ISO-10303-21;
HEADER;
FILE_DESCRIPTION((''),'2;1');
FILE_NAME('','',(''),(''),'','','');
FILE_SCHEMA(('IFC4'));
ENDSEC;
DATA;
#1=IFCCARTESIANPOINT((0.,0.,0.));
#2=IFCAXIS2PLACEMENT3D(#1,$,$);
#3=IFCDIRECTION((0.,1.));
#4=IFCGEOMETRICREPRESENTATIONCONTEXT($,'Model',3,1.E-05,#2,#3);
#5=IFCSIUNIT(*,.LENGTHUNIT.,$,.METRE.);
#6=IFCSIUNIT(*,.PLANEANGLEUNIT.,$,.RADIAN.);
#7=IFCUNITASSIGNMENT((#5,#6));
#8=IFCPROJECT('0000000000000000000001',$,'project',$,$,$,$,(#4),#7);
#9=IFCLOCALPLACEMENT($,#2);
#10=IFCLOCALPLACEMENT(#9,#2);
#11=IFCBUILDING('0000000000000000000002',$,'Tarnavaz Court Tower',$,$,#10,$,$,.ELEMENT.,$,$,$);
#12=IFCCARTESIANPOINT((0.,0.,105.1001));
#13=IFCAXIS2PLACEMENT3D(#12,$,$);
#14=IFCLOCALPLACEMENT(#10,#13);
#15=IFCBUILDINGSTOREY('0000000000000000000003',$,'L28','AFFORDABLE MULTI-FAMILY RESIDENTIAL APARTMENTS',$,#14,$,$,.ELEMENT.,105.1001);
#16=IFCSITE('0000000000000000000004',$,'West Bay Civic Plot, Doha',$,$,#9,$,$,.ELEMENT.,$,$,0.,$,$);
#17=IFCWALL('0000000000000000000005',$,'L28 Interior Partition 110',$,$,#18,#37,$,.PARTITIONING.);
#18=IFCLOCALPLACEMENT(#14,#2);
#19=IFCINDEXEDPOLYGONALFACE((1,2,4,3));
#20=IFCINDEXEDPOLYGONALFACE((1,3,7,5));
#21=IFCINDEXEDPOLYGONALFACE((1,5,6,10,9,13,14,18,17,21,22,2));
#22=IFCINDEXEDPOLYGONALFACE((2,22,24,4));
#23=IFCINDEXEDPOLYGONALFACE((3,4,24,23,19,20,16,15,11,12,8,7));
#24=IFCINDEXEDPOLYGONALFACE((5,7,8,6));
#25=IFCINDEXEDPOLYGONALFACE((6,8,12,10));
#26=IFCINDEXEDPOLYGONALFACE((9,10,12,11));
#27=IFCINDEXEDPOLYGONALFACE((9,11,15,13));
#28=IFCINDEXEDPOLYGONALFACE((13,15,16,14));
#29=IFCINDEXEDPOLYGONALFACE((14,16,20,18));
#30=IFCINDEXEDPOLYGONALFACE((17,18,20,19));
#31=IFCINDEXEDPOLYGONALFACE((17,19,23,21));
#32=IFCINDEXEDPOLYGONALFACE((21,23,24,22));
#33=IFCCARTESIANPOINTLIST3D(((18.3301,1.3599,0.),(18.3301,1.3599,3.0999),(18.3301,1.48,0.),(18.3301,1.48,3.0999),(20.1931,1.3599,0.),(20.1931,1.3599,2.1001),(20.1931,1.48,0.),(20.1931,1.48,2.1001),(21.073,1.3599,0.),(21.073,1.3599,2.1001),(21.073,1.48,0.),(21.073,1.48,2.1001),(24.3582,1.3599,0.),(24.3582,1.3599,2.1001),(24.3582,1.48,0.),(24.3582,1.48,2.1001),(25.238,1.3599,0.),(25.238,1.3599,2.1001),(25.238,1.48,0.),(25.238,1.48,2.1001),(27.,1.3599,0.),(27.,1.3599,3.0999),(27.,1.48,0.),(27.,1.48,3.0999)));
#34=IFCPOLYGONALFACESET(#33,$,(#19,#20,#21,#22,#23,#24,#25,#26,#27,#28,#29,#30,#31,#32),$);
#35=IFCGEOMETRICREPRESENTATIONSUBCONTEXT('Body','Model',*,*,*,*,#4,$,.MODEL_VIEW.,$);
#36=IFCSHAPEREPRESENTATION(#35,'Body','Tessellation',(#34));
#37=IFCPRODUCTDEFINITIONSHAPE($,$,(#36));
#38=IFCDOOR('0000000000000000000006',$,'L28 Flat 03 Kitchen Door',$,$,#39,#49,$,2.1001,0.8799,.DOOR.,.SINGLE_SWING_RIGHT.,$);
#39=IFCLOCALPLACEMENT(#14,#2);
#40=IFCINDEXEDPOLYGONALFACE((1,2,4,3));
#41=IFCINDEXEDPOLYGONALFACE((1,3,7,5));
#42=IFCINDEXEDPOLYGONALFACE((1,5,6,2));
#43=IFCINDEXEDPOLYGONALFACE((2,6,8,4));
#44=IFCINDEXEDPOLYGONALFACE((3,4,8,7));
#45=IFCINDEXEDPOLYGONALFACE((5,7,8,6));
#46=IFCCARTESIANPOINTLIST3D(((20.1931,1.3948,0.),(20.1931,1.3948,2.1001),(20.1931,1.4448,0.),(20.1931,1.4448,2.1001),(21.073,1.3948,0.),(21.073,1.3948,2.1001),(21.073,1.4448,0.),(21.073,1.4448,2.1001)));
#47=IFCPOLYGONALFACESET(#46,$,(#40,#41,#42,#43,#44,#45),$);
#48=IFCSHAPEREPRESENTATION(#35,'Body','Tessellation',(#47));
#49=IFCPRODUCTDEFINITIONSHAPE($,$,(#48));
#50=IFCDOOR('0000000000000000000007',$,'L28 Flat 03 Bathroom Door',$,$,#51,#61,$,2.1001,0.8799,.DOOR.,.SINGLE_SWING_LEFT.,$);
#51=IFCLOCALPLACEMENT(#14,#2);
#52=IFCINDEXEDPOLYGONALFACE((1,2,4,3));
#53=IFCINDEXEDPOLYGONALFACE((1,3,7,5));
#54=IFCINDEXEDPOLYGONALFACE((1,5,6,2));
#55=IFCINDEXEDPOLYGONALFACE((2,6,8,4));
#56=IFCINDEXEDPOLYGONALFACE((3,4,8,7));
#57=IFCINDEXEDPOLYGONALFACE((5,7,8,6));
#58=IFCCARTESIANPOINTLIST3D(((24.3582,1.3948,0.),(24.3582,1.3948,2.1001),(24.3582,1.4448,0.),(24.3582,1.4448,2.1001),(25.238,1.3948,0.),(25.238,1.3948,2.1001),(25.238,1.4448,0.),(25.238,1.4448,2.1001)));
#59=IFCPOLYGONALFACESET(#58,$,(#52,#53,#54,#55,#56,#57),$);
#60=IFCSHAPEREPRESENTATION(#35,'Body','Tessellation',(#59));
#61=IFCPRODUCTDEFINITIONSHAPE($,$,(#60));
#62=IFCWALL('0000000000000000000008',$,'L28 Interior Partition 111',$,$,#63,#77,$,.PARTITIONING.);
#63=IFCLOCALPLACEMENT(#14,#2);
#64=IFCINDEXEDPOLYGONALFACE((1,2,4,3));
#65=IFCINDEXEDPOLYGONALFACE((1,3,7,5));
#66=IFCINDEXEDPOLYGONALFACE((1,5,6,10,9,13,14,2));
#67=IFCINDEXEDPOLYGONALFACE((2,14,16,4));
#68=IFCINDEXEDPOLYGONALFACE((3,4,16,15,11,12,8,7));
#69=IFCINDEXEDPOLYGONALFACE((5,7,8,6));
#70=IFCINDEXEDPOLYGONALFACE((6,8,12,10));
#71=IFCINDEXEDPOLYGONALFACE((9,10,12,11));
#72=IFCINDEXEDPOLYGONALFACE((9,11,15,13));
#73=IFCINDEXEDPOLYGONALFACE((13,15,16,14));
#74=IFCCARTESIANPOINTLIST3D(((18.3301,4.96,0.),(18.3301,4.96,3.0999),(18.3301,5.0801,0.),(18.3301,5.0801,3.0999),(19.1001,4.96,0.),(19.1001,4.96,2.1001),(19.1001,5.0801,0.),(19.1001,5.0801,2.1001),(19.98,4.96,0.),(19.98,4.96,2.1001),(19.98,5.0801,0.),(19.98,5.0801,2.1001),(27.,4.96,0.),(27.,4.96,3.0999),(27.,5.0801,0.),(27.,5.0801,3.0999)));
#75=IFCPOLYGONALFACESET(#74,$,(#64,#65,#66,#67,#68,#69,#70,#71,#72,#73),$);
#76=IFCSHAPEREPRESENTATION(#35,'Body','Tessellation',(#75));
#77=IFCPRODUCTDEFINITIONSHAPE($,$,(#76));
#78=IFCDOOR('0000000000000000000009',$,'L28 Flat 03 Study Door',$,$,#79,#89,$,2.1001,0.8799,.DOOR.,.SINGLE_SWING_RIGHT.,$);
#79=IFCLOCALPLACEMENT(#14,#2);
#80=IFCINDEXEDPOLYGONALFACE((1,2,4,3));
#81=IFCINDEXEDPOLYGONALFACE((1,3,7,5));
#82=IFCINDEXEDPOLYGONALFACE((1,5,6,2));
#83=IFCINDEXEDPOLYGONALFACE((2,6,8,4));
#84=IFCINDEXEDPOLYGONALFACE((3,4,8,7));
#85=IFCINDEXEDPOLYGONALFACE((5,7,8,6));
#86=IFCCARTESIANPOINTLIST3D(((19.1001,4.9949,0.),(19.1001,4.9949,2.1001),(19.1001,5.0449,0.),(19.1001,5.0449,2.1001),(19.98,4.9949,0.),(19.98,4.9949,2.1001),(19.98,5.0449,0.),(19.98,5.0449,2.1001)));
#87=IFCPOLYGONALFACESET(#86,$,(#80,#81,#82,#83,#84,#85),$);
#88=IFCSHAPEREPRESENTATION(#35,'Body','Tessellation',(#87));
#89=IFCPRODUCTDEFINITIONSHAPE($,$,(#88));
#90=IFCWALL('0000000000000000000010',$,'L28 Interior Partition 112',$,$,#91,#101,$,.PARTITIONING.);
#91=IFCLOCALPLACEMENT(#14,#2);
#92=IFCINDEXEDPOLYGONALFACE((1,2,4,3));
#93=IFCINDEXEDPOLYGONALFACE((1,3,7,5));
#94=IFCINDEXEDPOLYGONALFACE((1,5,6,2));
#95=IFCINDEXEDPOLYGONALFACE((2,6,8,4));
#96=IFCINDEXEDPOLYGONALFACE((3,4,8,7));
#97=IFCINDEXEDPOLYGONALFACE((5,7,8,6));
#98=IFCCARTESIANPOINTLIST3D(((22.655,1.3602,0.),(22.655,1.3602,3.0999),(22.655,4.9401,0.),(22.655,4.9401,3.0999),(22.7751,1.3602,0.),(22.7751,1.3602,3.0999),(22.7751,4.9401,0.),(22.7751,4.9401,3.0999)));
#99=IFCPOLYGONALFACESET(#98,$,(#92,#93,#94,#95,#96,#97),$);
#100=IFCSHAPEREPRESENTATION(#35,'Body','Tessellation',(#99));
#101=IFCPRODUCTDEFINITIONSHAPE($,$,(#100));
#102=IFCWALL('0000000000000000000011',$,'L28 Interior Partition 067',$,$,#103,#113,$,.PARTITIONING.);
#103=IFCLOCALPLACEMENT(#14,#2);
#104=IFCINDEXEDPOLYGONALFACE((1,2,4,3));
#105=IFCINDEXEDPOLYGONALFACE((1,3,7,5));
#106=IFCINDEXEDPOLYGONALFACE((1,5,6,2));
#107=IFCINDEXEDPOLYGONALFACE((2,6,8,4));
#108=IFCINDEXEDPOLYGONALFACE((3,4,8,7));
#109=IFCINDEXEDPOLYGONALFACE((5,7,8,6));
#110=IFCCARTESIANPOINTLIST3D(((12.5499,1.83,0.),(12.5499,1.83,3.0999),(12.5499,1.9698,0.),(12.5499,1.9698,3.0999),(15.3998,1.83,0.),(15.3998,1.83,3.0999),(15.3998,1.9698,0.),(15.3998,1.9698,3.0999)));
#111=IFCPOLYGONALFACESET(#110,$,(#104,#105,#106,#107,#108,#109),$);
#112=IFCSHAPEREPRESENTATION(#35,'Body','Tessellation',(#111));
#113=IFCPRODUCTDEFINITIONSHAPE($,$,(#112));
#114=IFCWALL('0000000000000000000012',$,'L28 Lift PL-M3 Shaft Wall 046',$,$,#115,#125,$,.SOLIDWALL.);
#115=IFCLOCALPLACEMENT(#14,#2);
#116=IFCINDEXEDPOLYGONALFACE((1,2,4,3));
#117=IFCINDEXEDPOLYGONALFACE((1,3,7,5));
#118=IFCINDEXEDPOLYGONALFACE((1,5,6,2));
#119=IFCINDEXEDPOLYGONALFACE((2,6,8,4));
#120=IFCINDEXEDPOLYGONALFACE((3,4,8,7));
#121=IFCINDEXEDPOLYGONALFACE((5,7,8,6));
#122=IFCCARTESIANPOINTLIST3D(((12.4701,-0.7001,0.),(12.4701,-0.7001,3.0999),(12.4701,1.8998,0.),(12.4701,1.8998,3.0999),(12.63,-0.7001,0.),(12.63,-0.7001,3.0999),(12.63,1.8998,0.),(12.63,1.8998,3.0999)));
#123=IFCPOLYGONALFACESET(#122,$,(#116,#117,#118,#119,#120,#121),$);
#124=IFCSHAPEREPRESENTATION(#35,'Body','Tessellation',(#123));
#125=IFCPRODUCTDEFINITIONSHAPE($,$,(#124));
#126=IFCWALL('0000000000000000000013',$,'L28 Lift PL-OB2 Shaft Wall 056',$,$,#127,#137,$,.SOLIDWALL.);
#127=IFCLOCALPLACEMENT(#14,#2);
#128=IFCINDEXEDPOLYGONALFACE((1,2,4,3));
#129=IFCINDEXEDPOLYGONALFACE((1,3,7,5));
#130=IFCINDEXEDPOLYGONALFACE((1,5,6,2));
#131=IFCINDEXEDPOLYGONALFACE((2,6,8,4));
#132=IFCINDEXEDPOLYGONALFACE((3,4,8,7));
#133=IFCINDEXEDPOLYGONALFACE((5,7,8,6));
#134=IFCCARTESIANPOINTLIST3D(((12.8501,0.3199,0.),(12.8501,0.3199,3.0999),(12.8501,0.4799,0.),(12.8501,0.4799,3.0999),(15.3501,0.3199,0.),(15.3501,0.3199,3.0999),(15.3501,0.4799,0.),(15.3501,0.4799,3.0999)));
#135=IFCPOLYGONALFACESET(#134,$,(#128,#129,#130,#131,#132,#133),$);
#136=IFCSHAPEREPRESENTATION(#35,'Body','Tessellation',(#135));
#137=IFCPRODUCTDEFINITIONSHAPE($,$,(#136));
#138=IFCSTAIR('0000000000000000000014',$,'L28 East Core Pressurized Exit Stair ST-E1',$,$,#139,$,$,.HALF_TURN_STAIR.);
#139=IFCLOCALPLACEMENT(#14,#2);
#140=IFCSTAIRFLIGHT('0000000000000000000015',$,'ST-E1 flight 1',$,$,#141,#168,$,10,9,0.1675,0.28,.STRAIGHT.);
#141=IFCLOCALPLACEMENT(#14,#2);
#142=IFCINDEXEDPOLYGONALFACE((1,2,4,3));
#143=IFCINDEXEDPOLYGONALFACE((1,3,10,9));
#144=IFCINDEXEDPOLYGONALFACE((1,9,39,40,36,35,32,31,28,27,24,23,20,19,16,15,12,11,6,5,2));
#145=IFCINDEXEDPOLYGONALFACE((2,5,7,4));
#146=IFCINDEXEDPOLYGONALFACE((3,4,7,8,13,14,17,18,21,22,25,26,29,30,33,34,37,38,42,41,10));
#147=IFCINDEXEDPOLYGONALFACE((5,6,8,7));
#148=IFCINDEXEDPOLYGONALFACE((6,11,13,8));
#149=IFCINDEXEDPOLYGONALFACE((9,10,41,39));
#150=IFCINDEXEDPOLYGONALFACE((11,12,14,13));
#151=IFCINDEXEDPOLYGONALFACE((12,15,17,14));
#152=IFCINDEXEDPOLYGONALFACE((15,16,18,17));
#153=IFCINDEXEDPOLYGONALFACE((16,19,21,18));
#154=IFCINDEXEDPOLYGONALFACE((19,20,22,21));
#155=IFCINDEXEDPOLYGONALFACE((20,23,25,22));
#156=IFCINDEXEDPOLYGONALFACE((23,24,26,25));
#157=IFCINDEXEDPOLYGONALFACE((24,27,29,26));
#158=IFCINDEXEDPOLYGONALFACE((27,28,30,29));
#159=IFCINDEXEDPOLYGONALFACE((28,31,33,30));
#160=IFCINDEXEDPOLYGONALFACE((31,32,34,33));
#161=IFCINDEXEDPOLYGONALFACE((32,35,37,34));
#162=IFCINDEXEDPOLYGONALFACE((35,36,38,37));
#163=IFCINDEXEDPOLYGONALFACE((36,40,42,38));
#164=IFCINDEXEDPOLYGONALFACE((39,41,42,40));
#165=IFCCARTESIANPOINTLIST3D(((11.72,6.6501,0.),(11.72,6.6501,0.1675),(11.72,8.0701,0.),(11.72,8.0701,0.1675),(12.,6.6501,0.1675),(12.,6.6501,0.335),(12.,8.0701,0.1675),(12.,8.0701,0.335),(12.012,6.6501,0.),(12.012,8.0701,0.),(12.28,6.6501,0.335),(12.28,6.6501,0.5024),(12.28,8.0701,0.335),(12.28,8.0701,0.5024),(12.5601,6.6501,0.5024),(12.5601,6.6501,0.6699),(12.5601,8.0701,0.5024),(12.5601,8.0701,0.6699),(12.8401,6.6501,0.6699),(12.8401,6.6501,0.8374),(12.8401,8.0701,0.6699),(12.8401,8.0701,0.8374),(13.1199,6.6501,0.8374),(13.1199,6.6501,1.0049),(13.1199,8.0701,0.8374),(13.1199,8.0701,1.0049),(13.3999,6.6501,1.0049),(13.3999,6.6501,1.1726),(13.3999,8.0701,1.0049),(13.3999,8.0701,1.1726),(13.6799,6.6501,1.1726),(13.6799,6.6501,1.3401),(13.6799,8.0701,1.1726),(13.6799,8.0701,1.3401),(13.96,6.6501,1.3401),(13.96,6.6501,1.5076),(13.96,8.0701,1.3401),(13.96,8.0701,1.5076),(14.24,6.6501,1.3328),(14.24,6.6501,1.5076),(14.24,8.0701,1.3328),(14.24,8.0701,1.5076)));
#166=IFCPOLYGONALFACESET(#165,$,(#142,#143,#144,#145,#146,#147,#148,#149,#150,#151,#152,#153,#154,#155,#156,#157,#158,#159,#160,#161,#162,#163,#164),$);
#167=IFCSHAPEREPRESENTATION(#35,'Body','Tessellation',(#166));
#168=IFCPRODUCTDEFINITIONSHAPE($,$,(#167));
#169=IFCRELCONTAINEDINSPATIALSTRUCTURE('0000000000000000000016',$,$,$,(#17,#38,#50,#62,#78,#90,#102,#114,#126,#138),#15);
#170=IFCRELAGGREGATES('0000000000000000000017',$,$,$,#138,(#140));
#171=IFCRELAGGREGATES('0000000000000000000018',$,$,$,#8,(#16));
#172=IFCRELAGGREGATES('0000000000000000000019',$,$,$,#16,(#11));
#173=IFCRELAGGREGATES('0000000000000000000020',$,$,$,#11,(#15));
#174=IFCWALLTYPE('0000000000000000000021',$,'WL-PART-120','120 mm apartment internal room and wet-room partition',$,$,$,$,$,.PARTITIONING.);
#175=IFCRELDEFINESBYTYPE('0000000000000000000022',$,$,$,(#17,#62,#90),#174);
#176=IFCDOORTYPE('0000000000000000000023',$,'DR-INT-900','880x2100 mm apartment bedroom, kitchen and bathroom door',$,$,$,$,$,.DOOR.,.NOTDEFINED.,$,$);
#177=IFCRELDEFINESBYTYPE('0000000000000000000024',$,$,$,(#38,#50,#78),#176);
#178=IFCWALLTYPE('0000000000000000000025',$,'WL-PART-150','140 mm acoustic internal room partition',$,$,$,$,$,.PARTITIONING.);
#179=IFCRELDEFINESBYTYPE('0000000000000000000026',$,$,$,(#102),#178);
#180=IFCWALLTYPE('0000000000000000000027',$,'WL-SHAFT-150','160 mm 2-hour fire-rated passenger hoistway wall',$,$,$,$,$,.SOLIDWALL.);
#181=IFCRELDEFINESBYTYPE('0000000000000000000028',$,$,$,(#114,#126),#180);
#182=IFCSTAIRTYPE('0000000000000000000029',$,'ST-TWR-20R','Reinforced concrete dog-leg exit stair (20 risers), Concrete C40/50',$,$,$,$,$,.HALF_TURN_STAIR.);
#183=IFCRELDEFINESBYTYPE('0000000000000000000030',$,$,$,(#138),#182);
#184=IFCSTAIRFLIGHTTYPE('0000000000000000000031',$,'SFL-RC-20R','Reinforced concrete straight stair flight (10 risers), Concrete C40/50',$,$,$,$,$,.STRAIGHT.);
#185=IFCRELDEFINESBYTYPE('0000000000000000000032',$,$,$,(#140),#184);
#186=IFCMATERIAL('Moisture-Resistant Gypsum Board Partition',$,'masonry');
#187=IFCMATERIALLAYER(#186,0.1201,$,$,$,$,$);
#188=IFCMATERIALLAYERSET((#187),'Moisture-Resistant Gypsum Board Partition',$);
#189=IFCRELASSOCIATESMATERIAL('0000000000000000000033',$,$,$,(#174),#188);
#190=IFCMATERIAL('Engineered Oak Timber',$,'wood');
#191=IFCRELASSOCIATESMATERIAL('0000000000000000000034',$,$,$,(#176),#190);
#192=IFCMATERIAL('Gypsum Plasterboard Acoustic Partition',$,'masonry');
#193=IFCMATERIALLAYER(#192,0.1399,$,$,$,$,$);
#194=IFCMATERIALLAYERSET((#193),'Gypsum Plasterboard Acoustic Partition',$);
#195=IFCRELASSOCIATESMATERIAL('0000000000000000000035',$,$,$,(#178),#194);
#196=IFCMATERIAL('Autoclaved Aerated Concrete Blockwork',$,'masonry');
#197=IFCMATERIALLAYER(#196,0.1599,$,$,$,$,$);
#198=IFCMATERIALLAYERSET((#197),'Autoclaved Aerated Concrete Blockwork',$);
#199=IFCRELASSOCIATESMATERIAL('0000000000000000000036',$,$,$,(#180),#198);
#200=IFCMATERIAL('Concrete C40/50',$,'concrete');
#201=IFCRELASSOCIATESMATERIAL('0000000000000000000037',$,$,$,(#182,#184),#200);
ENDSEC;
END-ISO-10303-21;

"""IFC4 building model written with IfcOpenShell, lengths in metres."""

from ifc_helpers import new_model, si_unit, direction, frame, frame_2d, origin, place, context, subcontext, project, spatial, polyline, rectangle, outline, extrude, material, layer, layer_set, type_object, element, fill, aggregate, save


model = new_model("IFC4")

# Units and contexts
model_context = context("Model", 3, precision=1e-05, world=origin(), true_north=direction((0.0, 1.0)))
body_context = subcontext(model_context, "Body", "Model", "MODEL_VIEW")
ifc_project = project(units=[si_unit("LENGTHUNIT", "METRE"), si_unit("PLANEANGLEUNIT", "RADIAN")], contexts=[model_context])

# Site, building, storey
site_placement = place(None, origin())
site = spatial("IfcSite", under=ifc_project, at=site_placement, Name="West Bay Civic Plot, Doha", CompositionType="ELEMENT", RefElevation=0.0)
building_placement = place(site_placement, origin())
building = spatial("IfcBuilding", under=site, at=building_placement, Name="Tarnavaz Court Tower", CompositionType="ELEMENT")
storey_placement = place(building_placement, frame((0.0, 0.0, 105.1001)))
storey = spatial("IfcBuildingStorey", under=building, at=storey_placement, Name="L28", Description="AFFORDABLE MULTI-FAMILY RESIDENTIAL APARTMENTS", CompositionType="ELEMENT", Elevation=105.1001)

# Wall, openings, doors
ifc_material_1 = material(Name="Moisture-Resistant Gypsum Board Partition", Category="masonry")
ifc_layer_1 = layer(ifc_material_1, 0.1201)
ifc_layer_set_1 = layer_set([ifc_layer_1], Name="Moisture-Resistant Gypsum Board Partition")
wall_type_1 = type_object("IfcWallType", Name="WL-PART-120", Description="120 mm apartment internal room and wet-room partition", PredefinedType="PARTITIONING", material=ifc_layer_set_1)
wall_1_placement = place(storey_placement, frame((18.3301, 1.4199, 0.0), z_axis=(0.0, 0.0, 1.0), x_axis=(1.0, 0.0, 0.0)))
wall_1 = element("IfcWall", 1, at=wall_1_placement, inside=storey, type_object=wall_type_1, Name="L28 Interior Partition 110", PredefinedType="PARTITIONING", context=body_context, shape_type="SweptSolid", body=[
    extrude(rectangle(XDim=8.6699, YDim=0.1201, at=frame_2d((4.335, 0.0))), origin(), (0.0, 0.0, 1.0), 3.0999),
])
opening_1_placement = place(wall_1_placement, frame((1.863, 0.0, 0.0)))
opening_1 = element("IfcOpeningElement", 2, at=opening_1_placement, cuts=wall_1, PredefinedType="OPENING", context=body_context, shape_type="SweptSolid", body=[
    extrude(rectangle(XDim=0.8799, YDim=2.1001, at=frame_2d((0.4399, 1.05))), frame((0.0, 0.0701, 0.0), z_axis=(0.0, -1.0, 0.0), x_axis=(1.0, 0.0, 0.0)), (0.0, 0.0, 1.0), 0.1401),
])
opening_2_placement = place(wall_1_placement, frame((6.0281, 0.0, 0.0)))
opening_2 = element("IfcOpeningElement", 3, at=opening_2_placement, cuts=wall_1, PredefinedType="OPENING", context=body_context, shape_type="SweptSolid", body=[
    extrude(rectangle(XDim=0.8799, YDim=2.1001, at=frame_2d((0.4399, 1.05))), frame((0.0, 0.0701, 0.0), z_axis=(0.0, -1.0, 0.0), x_axis=(1.0, 0.0, 0.0)), (0.0, 0.0, 1.0), 0.1401),
])
ifc_material_2 = material(Name="Engineered Oak Timber", Category="wood")
door_type_1 = type_object("IfcDoorType", Name="DR-INT-900", Description="880x2100 mm apartment bedroom, kitchen and bathroom door", OperationType="NOTDEFINED", PredefinedType="DOOR", material=ifc_material_2)
door_1_placement = place(opening_1_placement, origin())
door_1 = element("IfcDoor", 4, at=door_1_placement, inside=storey, type_object=door_type_1, Name="L28 Flat 03 Kitchen Door", OperationType="SINGLE_SWING_RIGHT", OverallHeight=2.1001, OverallWidth=0.8799, PredefinedType="DOOR", context=body_context, shape_type="SweptSolid", body=[
    extrude(rectangle(XDim=0.8799, YDim=2.1001, at=frame_2d((0.4399, 1.05))), frame((0.0, 0.0249, 0.0), z_axis=(0.0, -1.0, 0.0), x_axis=(1.0, 0.0, 0.0)), (0.0, 0.0, 1.0), 0.05),
])
fill(opening_1, door_1)
door_2_placement = place(opening_2_placement, origin())
door_2 = element("IfcDoor", 5, at=door_2_placement, inside=storey, type_object=door_type_1, Name="L28 Flat 03 Bathroom Door", OperationType="SINGLE_SWING_LEFT", OverallHeight=2.1001, OverallWidth=0.8799, PredefinedType="DOOR", context=body_context, shape_type="SweptSolid", body=[
    extrude(rectangle(XDim=0.8799, YDim=2.1001, at=frame_2d((0.4399, 1.05))), frame((0.0, 0.0249, 0.0), z_axis=(0.0, -1.0, 0.0), x_axis=(1.0, 0.0, 0.0)), (0.0, 0.0, 1.0), 0.05),
])
fill(opening_2, door_2)

# Wall, opening, door
wall_2_placement = place(storey_placement, frame((18.3301, 5.02, 0.0), z_axis=(0.0, 0.0, 1.0), x_axis=(1.0, 0.0, 0.0)))
wall_2 = element("IfcWall", 6, at=wall_2_placement, inside=storey, type_object=wall_type_1, Name="L28 Interior Partition 111", PredefinedType="PARTITIONING", context=body_context, shape_type="SweptSolid", body=[
    extrude(rectangle(XDim=8.6699, YDim=0.1201, at=frame_2d((4.335, 0.0))), origin(), (0.0, 0.0, 1.0), 3.0999),
])
opening_3_placement = place(wall_2_placement, frame((0.77, 0.0, 0.0)))
opening_3 = element("IfcOpeningElement", 7, at=opening_3_placement, cuts=wall_2, PredefinedType="OPENING", context=body_context, shape_type="SweptSolid", body=[
    extrude(rectangle(XDim=0.8799, YDim=2.1001, at=frame_2d((0.4399, 1.05))), frame((0.0, 0.0701, 0.0), z_axis=(0.0, -1.0, 0.0), x_axis=(1.0, 0.0, 0.0)), (0.0, 0.0, 1.0), 0.1401),
])
door_3_placement = place(opening_3_placement, origin())
door_3 = element("IfcDoor", 8, at=door_3_placement, inside=storey, type_object=door_type_1, Name="L28 Flat 03 Study Door", OperationType="SINGLE_SWING_RIGHT", OverallHeight=2.1001, OverallWidth=0.8799, PredefinedType="DOOR", context=body_context, shape_type="SweptSolid", body=[
    extrude(rectangle(XDim=0.8799, YDim=2.1001, at=frame_2d((0.4399, 1.05))), frame((0.0, 0.0249, 0.0), z_axis=(0.0, -1.0, 0.0), x_axis=(1.0, 0.0, 0.0)), (0.0, 0.0, 1.0), 0.05),
])
fill(opening_3, door_3)

# Walls
wall_3_placement = place(storey_placement, frame((22.7151, 1.3601, 0.0), z_axis=(0.0, 0.0, 1.0), x_axis=(0.0, 1.0, 0.0)))
element("IfcWall", 9, at=wall_3_placement, inside=storey, type_object=wall_type_1, Name="L28 Interior Partition 112", PredefinedType="PARTITIONING", context=body_context, shape_type="SweptSolid", body=[
    extrude(rectangle(XDim=3.5798, YDim=0.1201, at=frame_2d((1.79, 0.0))), origin(), (0.0, 0.0, 1.0), 3.0999),
])
ifc_material_3 = material(Name="Gypsum Plasterboard Acoustic Partition", Category="masonry")
ifc_layer_2 = layer(ifc_material_3, 0.1399)
ifc_layer_set_2 = layer_set([ifc_layer_2], Name="Gypsum Plasterboard Acoustic Partition")
wall_type_2 = type_object("IfcWallType", Name="WL-PART-150", Description="140 mm acoustic internal room partition", PredefinedType="PARTITIONING", material=ifc_layer_set_2)
wall_4_placement = place(storey_placement, frame((12.55, 1.8999, 0.0), z_axis=(0.0, 0.0, 1.0), x_axis=(1.0, 0.0, 0.0)))
element("IfcWall", 10, at=wall_4_placement, inside=storey, type_object=wall_type_2, Name="L28 Interior Partition 067", PredefinedType="PARTITIONING", context=body_context, shape_type="SweptSolid", body=[
    extrude(rectangle(XDim=2.8499, YDim=0.1399, at=frame_2d((1.4248, 0.0))), origin(), (0.0, 0.0, 1.0), 3.0999),
])
ifc_material_4 = material(Name="Autoclaved Aerated Concrete Blockwork", Category="masonry")
ifc_layer_3 = layer(ifc_material_4, 0.1599)
ifc_layer_set_3 = layer_set([ifc_layer_3], Name="Autoclaved Aerated Concrete Blockwork")
wall_type_3 = type_object("IfcWallType", Name="WL-SHAFT-150", Description="160 mm 2-hour fire-rated passenger hoistway wall", PredefinedType="SOLIDWALL", material=ifc_layer_set_3)
wall_5_placement = place(storey_placement, frame((12.55, -0.7, 0.0), z_axis=(0.0, 0.0, 1.0), x_axis=(0.0, 1.0, 0.0)))
element("IfcWall", 11, at=wall_5_placement, inside=storey, type_object=wall_type_3, Name="L28 Lift PL-M3 Shaft Wall 046", PredefinedType="SOLIDWALL", context=body_context, shape_type="SweptSolid", body=[
    extrude(rectangle(XDim=2.5999, YDim=0.1599, at=frame_2d((1.2998, 0.0))), origin(), (0.0, 0.0, 1.0), 3.0999),
])
wall_6_placement = place(storey_placement, frame((12.8501, 0.3999, 0.0), z_axis=(0.0, 0.0, 1.0), x_axis=(1.0, 0.0, 0.0)))
element("IfcWall", 12, at=wall_6_placement, inside=storey, type_object=wall_type_3, Name="L28 Lift PL-OB2 Shaft Wall 056", PredefinedType="SOLIDWALL", context=body_context, shape_type="SweptSolid", body=[
    extrude(rectangle(XDim=2.5, YDim=0.1599, at=frame_2d((1.25, 0.0))), origin(), (0.0, 0.0, 1.0), 3.0999),
])

# Stair, stair flight
ifc_material_5 = material(Name="Concrete C40/50", Category="concrete")
stair_type = type_object("IfcStairType", Name="ST-TWR-20R", Description="Reinforced concrete dog-leg exit stair (20 risers), Concrete C40/50", PredefinedType="HALF_TURN_STAIR", material=ifc_material_5)
stair_placement = place(storey_placement, origin())
stair = element("IfcStair", 13, at=stair_placement, inside=storey, type_object=stair_type, Name="L28 East Core Pressurized Exit Stair ST-E1", PredefinedType="HALF_TURN_STAIR")
stair_flight_type = type_object("IfcStairFlightType", Name="SFL-RC-20R", Description="Reinforced concrete straight stair flight (10 risers), Concrete C40/50", PredefinedType="STRAIGHT", material=ifc_material_5)
stair_flight_1_placement = place(storey_placement, frame((11.72, 7.3601, 0.0), z_axis=(0.0, 0.0, 1.0), x_axis=(1.0, 0.0, 0.0)))
stair_flight_1 = element("IfcStairFlight", 14, at=stair_flight_1_placement, type_object=stair_flight_type, Name="ST-E1 flight 1", NumberOfRisers=10, NumberOfTreads=9, PredefinedType="STRAIGHT", RiserHeight=0.1675, TreadLength=0.28, context=body_context, shape_type="SweptSolid", body=[
    extrude(outline(polyline([(0.0, 0.0), (0.0, 0.1675), (0.28, 0.1675), (0.28, 0.335), (0.5601, 0.335), (0.5601, 0.5024), (0.8401, 0.5024), (0.8401, 0.6699), (1.1201, 0.6699), (1.1201, 0.8374), (1.3999, 0.8374), (1.3999, 1.0049), (1.6799, 1.0049), (1.6799, 1.1726), (1.96, 1.1726), (1.96, 1.3401), (2.24, 1.3401), (2.24, 1.5076), (2.52, 1.5076), (2.52, 1.675), (2.52, 1.3328), (0.292, 0.0), (0.0, 0.0)])), frame((0.0, 0.71, 0.0), z_axis=(0.0, -1.0, 0.0), x_axis=(1.0, 0.0, 0.0)), (0.0, 0.0, 1.0), 1.4199),
])
aggregate(stair, [stair_flight_1])

save(model, "model.ifc")
